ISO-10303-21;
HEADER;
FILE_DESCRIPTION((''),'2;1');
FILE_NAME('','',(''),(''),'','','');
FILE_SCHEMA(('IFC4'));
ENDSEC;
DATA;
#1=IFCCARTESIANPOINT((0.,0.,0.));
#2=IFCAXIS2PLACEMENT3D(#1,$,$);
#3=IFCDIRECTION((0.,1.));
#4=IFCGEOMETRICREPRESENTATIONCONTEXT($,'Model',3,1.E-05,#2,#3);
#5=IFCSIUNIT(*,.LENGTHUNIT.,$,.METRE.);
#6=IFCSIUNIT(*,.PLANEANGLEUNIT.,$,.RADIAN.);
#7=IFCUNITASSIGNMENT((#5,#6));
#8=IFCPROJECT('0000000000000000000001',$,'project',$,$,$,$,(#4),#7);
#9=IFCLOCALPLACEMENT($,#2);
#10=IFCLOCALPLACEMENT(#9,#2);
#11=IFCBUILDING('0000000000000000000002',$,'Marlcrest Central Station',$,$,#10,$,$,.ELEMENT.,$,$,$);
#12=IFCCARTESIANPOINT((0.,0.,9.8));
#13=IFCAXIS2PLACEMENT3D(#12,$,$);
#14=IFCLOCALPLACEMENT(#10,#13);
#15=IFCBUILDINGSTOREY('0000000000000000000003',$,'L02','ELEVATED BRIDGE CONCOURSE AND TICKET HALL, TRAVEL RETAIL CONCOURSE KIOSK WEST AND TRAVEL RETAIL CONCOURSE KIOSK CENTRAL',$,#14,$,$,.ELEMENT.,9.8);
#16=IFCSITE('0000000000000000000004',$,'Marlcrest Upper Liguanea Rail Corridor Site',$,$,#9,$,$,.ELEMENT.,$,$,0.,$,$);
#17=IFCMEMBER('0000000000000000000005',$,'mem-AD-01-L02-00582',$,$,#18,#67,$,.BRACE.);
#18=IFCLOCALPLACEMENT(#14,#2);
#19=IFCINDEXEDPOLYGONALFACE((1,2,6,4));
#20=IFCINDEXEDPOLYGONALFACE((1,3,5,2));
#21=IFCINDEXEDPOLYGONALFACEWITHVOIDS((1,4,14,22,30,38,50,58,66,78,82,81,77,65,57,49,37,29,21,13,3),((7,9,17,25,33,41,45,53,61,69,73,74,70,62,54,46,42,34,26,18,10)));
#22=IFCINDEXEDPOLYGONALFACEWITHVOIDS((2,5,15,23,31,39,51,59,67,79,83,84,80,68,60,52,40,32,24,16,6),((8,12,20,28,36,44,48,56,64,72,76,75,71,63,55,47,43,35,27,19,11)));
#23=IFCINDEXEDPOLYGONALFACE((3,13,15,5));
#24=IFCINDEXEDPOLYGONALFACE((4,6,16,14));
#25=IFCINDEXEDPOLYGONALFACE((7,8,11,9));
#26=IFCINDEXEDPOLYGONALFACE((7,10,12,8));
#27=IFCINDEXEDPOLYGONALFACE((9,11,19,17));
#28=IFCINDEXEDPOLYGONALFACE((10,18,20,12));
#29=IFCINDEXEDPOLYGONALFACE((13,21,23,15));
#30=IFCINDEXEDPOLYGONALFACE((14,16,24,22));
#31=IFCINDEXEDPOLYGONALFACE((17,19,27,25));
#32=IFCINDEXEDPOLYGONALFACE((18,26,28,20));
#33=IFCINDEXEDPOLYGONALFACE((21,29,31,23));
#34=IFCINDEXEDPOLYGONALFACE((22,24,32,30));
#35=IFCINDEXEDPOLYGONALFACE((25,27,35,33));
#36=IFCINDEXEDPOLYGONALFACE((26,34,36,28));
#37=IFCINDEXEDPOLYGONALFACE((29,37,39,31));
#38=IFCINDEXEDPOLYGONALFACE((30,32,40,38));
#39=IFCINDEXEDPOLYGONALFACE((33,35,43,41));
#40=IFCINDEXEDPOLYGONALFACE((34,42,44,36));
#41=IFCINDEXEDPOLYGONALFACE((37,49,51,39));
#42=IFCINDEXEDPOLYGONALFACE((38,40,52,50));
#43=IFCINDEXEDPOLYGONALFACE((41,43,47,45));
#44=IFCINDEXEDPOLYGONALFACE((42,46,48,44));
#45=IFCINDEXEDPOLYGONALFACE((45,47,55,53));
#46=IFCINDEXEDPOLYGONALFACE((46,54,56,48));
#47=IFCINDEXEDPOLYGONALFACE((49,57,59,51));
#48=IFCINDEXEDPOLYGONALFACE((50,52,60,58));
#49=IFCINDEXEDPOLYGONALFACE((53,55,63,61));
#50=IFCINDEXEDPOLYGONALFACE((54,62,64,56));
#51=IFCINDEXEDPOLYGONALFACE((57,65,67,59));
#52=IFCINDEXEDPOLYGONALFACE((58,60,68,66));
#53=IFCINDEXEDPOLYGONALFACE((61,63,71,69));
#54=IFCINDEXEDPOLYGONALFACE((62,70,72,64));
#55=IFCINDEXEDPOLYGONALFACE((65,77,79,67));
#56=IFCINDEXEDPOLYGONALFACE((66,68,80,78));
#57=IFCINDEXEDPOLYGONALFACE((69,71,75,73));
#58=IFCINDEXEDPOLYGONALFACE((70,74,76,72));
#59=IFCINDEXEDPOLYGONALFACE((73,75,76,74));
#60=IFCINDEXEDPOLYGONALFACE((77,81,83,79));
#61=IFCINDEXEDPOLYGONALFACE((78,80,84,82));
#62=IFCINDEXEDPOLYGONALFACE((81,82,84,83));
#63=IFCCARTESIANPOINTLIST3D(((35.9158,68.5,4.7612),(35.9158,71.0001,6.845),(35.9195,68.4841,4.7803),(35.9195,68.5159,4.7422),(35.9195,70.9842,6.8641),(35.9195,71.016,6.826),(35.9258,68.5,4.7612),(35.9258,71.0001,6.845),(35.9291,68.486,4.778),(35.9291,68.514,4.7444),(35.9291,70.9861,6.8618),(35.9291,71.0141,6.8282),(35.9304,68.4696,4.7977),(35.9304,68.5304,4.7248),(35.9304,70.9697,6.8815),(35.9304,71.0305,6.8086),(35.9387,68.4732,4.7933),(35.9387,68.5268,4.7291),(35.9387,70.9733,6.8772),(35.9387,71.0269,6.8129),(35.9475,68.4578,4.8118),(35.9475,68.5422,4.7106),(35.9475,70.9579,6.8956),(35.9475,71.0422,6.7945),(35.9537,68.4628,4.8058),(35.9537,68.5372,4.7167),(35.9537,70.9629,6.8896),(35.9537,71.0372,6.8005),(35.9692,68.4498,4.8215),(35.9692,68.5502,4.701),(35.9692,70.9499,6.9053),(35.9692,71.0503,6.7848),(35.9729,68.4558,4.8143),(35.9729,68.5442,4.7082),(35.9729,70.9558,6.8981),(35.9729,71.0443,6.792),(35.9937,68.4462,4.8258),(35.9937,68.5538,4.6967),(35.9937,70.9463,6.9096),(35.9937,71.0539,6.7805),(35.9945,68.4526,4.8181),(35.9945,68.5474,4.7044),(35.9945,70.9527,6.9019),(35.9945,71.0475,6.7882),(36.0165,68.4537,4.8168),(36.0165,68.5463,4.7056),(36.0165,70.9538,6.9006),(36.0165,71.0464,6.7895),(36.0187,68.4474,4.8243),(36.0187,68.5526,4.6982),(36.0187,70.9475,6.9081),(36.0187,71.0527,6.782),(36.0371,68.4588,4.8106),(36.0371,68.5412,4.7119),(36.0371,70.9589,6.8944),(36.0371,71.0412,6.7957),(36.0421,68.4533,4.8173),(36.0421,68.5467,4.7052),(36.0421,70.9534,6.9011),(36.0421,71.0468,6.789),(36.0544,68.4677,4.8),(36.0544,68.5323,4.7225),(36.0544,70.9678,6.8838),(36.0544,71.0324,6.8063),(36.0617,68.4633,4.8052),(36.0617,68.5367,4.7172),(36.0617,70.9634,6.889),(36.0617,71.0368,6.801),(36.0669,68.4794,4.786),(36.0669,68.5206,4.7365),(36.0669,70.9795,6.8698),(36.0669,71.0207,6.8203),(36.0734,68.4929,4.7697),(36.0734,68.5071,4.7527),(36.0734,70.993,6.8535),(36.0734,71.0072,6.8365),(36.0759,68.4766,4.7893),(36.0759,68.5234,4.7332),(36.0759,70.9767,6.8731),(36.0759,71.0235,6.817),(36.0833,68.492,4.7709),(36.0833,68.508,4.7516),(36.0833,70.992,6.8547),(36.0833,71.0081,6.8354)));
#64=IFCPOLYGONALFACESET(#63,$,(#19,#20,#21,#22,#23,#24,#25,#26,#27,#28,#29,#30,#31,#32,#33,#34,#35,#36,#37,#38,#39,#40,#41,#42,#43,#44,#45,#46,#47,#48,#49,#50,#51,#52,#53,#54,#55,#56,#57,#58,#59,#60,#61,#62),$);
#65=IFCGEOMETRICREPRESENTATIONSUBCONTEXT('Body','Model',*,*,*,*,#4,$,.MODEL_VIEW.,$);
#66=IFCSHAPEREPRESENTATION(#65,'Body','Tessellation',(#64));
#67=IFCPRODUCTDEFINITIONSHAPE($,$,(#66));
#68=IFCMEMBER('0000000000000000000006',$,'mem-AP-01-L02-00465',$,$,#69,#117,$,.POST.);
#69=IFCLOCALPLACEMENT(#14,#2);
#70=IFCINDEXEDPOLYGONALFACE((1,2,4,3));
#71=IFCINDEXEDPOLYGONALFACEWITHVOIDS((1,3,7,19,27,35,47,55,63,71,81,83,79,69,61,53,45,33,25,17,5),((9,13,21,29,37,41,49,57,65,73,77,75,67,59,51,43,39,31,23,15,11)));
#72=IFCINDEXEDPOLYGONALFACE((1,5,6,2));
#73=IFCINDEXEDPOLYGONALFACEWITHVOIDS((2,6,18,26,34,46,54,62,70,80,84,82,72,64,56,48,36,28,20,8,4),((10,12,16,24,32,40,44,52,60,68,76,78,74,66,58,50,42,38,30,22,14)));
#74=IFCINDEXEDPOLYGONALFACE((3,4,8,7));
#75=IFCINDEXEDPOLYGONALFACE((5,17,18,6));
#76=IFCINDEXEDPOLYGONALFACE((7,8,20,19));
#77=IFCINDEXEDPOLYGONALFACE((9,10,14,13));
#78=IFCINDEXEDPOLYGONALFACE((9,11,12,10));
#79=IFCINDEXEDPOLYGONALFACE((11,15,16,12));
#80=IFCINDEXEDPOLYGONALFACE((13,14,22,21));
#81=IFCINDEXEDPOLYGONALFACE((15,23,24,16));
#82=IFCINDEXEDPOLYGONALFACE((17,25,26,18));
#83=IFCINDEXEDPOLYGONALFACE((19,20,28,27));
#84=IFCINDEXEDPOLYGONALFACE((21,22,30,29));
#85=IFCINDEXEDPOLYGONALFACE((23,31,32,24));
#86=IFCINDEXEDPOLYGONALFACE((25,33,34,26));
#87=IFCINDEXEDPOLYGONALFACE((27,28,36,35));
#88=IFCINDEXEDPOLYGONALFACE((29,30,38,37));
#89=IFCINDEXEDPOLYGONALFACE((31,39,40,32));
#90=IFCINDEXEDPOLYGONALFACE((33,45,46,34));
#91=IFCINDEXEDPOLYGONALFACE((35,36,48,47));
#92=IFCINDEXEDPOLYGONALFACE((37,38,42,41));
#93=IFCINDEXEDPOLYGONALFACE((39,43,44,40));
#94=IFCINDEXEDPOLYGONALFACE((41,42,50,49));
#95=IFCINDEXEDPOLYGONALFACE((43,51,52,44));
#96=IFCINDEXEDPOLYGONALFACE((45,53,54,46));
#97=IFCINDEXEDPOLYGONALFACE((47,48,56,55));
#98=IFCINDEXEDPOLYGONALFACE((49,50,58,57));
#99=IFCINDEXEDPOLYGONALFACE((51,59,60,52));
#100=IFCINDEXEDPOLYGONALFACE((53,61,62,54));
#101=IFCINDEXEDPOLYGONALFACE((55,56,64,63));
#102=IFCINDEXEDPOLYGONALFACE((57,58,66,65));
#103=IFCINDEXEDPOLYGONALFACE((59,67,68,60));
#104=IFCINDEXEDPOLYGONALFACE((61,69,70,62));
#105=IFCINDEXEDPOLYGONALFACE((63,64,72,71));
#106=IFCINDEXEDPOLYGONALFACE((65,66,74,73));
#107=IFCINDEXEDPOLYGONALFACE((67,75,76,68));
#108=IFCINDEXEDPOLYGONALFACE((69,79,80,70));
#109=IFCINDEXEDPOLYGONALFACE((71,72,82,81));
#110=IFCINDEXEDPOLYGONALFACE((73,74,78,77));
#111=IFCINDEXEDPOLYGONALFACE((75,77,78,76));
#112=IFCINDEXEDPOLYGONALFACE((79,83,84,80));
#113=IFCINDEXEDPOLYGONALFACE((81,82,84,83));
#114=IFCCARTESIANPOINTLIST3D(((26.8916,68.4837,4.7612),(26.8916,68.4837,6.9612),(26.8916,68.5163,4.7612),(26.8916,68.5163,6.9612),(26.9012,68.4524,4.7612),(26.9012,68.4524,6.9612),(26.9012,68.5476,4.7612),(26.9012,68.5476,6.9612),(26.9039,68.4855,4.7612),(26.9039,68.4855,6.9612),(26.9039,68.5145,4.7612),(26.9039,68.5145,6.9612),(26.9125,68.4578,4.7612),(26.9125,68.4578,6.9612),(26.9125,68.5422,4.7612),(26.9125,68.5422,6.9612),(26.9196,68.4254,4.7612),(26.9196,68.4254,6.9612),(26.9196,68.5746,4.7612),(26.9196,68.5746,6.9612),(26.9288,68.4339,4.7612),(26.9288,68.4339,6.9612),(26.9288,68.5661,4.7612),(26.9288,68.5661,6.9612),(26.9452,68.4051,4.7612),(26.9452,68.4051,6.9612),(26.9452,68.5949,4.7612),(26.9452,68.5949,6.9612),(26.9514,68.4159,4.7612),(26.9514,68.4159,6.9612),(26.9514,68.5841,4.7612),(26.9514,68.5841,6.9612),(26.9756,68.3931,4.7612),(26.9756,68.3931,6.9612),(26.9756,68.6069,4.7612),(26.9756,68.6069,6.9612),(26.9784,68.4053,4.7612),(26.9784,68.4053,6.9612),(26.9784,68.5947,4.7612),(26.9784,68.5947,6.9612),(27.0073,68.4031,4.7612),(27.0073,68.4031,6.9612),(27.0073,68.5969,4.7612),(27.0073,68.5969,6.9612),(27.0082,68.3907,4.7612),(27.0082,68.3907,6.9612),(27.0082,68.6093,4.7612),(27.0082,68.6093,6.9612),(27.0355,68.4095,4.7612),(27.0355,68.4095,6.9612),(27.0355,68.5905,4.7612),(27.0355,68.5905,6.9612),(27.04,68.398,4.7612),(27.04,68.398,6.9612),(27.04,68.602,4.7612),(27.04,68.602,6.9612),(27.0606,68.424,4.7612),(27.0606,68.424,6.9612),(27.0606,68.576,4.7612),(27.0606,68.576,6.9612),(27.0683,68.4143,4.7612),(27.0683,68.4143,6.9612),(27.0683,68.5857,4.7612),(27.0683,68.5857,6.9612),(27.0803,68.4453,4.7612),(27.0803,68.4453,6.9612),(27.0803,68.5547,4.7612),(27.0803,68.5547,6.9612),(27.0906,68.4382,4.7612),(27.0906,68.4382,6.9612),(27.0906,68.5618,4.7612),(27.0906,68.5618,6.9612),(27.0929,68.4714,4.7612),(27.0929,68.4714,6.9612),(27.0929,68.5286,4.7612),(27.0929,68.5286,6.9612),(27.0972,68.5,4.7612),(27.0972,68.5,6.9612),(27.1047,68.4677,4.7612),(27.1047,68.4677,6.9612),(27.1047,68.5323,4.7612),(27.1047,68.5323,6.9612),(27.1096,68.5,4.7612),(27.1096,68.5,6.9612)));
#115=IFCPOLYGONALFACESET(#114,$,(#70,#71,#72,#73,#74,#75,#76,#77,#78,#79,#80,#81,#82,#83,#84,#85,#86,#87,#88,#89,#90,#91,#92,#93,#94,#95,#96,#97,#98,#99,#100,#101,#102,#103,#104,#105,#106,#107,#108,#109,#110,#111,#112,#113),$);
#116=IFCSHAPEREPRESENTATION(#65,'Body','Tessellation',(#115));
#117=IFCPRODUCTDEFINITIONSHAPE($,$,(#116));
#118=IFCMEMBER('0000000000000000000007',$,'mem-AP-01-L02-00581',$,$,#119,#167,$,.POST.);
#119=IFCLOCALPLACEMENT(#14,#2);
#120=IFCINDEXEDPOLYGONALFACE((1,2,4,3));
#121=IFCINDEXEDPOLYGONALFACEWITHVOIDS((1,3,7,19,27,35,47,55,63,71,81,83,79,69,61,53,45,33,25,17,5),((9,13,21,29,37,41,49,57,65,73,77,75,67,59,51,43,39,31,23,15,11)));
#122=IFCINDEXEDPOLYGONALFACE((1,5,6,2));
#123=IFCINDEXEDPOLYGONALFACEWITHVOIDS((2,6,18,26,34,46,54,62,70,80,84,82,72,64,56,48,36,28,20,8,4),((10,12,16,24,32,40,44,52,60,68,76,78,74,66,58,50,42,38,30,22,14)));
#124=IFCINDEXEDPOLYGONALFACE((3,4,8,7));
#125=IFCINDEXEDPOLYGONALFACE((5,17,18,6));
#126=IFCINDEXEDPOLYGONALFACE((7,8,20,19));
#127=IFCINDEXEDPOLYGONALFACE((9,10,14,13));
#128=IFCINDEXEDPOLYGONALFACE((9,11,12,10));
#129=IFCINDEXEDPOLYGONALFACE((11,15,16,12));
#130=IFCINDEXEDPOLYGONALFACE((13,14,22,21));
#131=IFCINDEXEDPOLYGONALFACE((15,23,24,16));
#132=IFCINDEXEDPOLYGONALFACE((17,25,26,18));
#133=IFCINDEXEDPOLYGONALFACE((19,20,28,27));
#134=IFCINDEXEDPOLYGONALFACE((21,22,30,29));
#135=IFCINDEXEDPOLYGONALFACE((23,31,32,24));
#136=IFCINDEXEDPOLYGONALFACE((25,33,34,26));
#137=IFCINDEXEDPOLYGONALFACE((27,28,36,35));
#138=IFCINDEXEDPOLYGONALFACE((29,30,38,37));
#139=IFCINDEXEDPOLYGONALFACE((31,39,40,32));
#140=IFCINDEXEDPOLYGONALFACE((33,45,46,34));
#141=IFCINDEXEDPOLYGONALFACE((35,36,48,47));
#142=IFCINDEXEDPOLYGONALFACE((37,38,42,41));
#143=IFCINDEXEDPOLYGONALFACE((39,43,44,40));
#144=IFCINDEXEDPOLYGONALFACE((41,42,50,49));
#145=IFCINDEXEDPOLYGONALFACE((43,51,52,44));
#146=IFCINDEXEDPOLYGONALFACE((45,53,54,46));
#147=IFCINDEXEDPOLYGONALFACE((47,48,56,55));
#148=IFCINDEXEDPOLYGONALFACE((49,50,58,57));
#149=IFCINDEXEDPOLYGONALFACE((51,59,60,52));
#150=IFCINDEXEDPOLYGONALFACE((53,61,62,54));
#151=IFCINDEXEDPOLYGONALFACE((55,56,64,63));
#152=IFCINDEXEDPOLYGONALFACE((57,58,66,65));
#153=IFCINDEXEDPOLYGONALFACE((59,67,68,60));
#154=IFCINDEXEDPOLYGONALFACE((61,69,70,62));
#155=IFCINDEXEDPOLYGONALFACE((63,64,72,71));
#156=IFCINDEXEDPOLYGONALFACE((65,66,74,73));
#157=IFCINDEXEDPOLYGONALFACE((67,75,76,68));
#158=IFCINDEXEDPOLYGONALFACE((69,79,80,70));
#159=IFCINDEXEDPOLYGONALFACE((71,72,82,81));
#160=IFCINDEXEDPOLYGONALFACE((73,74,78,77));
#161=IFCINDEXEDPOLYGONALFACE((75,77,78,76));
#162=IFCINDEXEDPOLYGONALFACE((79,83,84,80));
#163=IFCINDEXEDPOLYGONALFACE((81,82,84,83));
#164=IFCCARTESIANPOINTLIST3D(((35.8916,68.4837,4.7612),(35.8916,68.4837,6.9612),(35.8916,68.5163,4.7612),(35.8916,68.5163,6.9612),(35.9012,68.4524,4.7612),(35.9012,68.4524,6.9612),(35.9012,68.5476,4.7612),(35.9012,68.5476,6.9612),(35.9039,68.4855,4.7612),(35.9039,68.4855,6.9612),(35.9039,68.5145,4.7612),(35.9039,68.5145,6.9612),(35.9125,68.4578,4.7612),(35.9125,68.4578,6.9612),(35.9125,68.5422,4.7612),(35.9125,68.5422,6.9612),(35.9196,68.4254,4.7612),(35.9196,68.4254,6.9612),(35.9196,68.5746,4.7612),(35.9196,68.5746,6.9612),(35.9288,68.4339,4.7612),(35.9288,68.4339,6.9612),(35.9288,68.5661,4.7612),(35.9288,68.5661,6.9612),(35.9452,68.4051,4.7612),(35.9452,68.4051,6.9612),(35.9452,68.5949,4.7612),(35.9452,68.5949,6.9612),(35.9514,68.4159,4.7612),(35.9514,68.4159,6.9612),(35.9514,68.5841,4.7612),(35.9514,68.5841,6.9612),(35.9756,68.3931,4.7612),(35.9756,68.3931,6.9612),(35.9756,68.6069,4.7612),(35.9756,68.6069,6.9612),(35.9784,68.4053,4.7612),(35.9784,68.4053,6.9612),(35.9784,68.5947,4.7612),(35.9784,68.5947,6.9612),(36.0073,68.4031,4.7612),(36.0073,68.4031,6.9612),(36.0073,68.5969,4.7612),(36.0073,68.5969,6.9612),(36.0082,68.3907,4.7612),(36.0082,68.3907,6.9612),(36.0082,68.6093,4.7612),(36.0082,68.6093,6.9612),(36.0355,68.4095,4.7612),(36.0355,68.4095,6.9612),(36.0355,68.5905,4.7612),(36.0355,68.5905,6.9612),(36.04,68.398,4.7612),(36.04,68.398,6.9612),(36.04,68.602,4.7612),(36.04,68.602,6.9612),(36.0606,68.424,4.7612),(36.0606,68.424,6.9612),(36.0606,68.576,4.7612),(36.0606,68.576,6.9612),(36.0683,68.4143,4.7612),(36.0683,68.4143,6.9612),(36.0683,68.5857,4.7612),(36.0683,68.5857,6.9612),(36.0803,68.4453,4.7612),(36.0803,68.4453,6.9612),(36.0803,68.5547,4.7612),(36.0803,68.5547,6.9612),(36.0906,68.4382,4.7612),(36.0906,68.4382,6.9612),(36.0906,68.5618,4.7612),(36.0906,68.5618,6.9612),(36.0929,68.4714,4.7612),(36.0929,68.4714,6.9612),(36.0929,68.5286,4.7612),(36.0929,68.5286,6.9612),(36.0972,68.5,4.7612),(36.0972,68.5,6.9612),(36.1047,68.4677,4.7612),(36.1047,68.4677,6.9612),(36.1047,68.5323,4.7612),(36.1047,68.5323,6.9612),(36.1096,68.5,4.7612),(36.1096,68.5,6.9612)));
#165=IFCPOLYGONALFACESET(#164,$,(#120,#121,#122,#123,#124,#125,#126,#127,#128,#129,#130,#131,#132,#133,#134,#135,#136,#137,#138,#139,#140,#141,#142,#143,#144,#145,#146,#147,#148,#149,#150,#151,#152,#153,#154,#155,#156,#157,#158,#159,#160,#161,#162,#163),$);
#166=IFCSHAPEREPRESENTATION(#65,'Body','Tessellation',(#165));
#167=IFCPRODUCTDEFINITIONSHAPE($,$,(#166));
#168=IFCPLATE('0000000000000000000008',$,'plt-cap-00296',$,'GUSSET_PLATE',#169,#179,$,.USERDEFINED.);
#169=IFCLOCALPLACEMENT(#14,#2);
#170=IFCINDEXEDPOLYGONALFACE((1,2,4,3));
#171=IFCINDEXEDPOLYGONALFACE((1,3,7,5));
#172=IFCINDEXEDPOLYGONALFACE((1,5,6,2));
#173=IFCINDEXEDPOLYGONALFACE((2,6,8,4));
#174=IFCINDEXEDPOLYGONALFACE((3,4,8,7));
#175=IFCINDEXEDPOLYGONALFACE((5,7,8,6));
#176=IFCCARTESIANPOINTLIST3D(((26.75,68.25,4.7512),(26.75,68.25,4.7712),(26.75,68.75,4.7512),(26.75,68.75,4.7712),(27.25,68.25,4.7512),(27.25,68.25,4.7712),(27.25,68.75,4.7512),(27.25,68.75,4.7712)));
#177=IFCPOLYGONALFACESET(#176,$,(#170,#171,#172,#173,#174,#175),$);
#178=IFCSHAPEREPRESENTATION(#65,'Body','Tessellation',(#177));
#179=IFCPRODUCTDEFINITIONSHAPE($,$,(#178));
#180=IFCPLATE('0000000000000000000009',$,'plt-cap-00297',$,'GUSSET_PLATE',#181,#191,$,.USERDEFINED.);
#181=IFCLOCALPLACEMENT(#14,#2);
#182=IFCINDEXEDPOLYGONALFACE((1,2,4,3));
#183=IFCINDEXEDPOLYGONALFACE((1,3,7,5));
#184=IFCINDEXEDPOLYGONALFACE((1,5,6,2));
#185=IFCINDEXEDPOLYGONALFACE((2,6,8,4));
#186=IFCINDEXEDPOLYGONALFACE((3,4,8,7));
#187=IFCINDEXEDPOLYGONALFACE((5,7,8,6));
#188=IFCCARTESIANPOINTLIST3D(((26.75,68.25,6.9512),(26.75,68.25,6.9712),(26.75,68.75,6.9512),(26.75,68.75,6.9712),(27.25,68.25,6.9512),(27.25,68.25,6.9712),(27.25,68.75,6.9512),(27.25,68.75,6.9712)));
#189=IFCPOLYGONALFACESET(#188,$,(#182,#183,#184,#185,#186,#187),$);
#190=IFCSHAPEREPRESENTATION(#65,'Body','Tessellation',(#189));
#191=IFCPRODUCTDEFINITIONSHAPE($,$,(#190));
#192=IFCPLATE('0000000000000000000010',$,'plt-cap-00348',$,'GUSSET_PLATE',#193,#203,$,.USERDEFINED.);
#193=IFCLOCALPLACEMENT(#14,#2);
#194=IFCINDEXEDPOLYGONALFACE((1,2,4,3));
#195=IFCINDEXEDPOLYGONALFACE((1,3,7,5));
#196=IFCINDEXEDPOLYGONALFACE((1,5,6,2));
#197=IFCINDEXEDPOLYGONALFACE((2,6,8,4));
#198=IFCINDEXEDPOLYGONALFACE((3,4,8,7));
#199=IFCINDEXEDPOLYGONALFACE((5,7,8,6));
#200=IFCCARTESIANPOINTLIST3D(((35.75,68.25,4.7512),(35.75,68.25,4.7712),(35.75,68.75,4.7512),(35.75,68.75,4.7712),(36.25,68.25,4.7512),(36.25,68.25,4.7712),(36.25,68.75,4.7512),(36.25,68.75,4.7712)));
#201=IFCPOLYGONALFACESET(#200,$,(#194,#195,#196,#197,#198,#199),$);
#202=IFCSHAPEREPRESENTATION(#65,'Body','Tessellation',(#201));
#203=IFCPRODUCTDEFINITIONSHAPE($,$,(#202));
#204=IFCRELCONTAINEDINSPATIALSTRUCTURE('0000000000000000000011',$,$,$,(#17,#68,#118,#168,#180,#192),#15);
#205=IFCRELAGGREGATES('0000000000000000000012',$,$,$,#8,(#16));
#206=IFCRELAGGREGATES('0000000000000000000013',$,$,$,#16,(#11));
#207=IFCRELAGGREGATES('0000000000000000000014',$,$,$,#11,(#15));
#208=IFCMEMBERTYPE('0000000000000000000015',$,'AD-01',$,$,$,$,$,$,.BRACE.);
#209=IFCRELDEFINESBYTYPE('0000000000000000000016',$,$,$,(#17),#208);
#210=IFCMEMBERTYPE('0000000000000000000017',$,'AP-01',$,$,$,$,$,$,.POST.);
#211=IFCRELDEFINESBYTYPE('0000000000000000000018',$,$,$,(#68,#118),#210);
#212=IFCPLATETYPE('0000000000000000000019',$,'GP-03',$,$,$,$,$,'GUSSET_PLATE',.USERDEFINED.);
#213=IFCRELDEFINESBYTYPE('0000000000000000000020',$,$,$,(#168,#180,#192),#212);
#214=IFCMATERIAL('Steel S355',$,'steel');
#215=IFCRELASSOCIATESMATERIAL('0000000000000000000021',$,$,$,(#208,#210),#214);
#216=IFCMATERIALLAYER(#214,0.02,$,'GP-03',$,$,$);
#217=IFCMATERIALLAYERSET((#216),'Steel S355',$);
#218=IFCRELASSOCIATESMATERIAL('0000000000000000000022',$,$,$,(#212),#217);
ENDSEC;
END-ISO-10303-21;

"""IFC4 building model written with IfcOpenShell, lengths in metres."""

from ifc_helpers import new_model, si_unit, direction, frame, origin, origin_2d, place, context, subcontext, project, spatial, rectangle, hollow_circle, extrude, material, layer, layer_set, material_profile, profile_set, type_object, element, save


model = new_model("IFC4")

# Units and contexts
model_context = context("Model", 3, precision=1e-05, world=origin(), true_north=direction((0.0, 1.0)))
body_context = subcontext(model_context, "Body", "Model", "MODEL_VIEW")
ifc_project = project(units=[si_unit("LENGTHUNIT", "METRE"), si_unit("PLANEANGLEUNIT", "RADIAN")], contexts=[model_context])

# Site, building, storey
site_placement = place(None, origin())
site = spatial("IfcSite", under=ifc_project, at=site_placement, Name="Marlcrest Upper Liguanea Rail Corridor Site", CompositionType="ELEMENT", RefElevation=0.0)
building_placement = place(site_placement, origin())
building = spatial("IfcBuilding", under=site, at=building_placement, Name="Marlcrest Central Station", CompositionType="ELEMENT")
storey_placement = place(building_placement, frame((0.0, 0.0, 9.8)))
storey = spatial("IfcBuildingStorey", under=building, at=storey_placement, Name="L02", Description="ELEVATED BRIDGE CONCOURSE AND TICKET HALL, TRAVEL RETAIL CONCOURSE KIOSK WEST AND TRAVEL RETAIL CONCOURSE KIOSK CENTRAL", CompositionType="ELEMENT", Elevation=9.8)

# Members
ifc_material = material(Name="Steel S355", Category="steel")
ifc_material_profile_1 = material_profile(ifc_material, hollow_circle(Radius=0.0842, WallThickness=0.01, at=origin_2d()), Name="CHS 168.3x10")
ifc_profile_set_1 = profile_set([ifc_material_profile_1], Name="Steel S355")
member_type_1 = type_object("IfcMemberType", Name="AD-01", PredefinedType="BRACE", material=ifc_profile_set_1)
for number, where, z_axis, x_axis, name in (
    (1, (36.0, 68.5, 4.7612), (0.0, 0.76816, 0.640258), (-1.0, 0.0, 0.0), "mem-AD-01-L02-00582"),
):
    element("IfcMember", number, at=place(storey_placement, frame(where, z_axis=z_axis, x_axis=x_axis)), inside=storey, type_object=member_type_1, Name=name, PredefinedType="BRACE", context=body_context, shape_type="SweptSolid", body=[
        extrude(hollow_circle(Radius=0.0842, WallThickness=0.01, at=origin_2d()), origin(), (0.0, 0.0, 1.0), 3.2546),
    ])
ifc_material_profile_2 = material_profile(ifc_material, hollow_circle(Radius=0.1096, WallThickness=0.0125, at=origin_2d()), Name="CHS 219.1x12.5")
ifc_profile_set_2 = profile_set([ifc_material_profile_2], Name="Steel S355")
member_type_2 = type_object("IfcMemberType", Name="AP-01", PredefinedType="POST", material=ifc_profile_set_2)
for number, where, z_axis, x_axis, name in (
    (2, (27.0, 68.5, 4.7612), (0.0, 0.0, 1.0), (1.0, 0.0, 0.0), "mem-AP-01-L02-00465"),
    (3, (36.0, 68.5, 4.7612), (0.0, 0.0, 1.0), (1.0, 0.0, 0.0), "mem-AP-01-L02-00581"),
):
    element("IfcMember", number, at=place(storey_placement, frame(where, z_axis=z_axis, x_axis=x_axis)), inside=storey, type_object=member_type_2, Name=name, PredefinedType="POST", context=body_context, shape_type="SweptSolid", body=[
        extrude(hollow_circle(Radius=0.1096, WallThickness=0.0125, at=origin_2d()), origin(), (0.0, 0.0, 1.0), 2.2),
    ])

# Plates
ifc_layer = layer(ifc_material, 0.02, Name="GP-03")
ifc_layer_set = layer_set([ifc_layer], Name="Steel S355")
plate_type = type_object("IfcPlateType", Name="GP-03", ElementType="GUSSET_PLATE", PredefinedType="USERDEFINED", material=ifc_layer_set)
for number, where, z_axis, x_axis, name in (
    (4, (27.0, 68.5, 4.7512), (0.0, 0.0, 1.0), (1.0, 0.0, 0.0), "plt-cap-00296"),
    (5, (27.0, 68.5, 6.9512), (0.0, 0.0, 1.0), (1.0, 0.0, 0.0), "plt-cap-00297"),
    (6, (36.0, 68.5, 4.7512), (0.0, 0.0, 1.0), (1.0, 0.0, 0.0), "plt-cap-00348"),
):
    element("IfcPlate", number, at=place(storey_placement, frame(where, z_axis=z_axis, x_axis=x_axis)), inside=storey, type_object=plate_type, Name=name, ObjectType="GUSSET_PLATE", PredefinedType="USERDEFINED", context=body_context, shape_type="SweptSolid", body=[
        extrude(rectangle(XDim=0.5, YDim=0.5, at=origin_2d()), origin(), (0.0, 0.0, 1.0), 0.02),
    ])

save(model, "model.ifc")
